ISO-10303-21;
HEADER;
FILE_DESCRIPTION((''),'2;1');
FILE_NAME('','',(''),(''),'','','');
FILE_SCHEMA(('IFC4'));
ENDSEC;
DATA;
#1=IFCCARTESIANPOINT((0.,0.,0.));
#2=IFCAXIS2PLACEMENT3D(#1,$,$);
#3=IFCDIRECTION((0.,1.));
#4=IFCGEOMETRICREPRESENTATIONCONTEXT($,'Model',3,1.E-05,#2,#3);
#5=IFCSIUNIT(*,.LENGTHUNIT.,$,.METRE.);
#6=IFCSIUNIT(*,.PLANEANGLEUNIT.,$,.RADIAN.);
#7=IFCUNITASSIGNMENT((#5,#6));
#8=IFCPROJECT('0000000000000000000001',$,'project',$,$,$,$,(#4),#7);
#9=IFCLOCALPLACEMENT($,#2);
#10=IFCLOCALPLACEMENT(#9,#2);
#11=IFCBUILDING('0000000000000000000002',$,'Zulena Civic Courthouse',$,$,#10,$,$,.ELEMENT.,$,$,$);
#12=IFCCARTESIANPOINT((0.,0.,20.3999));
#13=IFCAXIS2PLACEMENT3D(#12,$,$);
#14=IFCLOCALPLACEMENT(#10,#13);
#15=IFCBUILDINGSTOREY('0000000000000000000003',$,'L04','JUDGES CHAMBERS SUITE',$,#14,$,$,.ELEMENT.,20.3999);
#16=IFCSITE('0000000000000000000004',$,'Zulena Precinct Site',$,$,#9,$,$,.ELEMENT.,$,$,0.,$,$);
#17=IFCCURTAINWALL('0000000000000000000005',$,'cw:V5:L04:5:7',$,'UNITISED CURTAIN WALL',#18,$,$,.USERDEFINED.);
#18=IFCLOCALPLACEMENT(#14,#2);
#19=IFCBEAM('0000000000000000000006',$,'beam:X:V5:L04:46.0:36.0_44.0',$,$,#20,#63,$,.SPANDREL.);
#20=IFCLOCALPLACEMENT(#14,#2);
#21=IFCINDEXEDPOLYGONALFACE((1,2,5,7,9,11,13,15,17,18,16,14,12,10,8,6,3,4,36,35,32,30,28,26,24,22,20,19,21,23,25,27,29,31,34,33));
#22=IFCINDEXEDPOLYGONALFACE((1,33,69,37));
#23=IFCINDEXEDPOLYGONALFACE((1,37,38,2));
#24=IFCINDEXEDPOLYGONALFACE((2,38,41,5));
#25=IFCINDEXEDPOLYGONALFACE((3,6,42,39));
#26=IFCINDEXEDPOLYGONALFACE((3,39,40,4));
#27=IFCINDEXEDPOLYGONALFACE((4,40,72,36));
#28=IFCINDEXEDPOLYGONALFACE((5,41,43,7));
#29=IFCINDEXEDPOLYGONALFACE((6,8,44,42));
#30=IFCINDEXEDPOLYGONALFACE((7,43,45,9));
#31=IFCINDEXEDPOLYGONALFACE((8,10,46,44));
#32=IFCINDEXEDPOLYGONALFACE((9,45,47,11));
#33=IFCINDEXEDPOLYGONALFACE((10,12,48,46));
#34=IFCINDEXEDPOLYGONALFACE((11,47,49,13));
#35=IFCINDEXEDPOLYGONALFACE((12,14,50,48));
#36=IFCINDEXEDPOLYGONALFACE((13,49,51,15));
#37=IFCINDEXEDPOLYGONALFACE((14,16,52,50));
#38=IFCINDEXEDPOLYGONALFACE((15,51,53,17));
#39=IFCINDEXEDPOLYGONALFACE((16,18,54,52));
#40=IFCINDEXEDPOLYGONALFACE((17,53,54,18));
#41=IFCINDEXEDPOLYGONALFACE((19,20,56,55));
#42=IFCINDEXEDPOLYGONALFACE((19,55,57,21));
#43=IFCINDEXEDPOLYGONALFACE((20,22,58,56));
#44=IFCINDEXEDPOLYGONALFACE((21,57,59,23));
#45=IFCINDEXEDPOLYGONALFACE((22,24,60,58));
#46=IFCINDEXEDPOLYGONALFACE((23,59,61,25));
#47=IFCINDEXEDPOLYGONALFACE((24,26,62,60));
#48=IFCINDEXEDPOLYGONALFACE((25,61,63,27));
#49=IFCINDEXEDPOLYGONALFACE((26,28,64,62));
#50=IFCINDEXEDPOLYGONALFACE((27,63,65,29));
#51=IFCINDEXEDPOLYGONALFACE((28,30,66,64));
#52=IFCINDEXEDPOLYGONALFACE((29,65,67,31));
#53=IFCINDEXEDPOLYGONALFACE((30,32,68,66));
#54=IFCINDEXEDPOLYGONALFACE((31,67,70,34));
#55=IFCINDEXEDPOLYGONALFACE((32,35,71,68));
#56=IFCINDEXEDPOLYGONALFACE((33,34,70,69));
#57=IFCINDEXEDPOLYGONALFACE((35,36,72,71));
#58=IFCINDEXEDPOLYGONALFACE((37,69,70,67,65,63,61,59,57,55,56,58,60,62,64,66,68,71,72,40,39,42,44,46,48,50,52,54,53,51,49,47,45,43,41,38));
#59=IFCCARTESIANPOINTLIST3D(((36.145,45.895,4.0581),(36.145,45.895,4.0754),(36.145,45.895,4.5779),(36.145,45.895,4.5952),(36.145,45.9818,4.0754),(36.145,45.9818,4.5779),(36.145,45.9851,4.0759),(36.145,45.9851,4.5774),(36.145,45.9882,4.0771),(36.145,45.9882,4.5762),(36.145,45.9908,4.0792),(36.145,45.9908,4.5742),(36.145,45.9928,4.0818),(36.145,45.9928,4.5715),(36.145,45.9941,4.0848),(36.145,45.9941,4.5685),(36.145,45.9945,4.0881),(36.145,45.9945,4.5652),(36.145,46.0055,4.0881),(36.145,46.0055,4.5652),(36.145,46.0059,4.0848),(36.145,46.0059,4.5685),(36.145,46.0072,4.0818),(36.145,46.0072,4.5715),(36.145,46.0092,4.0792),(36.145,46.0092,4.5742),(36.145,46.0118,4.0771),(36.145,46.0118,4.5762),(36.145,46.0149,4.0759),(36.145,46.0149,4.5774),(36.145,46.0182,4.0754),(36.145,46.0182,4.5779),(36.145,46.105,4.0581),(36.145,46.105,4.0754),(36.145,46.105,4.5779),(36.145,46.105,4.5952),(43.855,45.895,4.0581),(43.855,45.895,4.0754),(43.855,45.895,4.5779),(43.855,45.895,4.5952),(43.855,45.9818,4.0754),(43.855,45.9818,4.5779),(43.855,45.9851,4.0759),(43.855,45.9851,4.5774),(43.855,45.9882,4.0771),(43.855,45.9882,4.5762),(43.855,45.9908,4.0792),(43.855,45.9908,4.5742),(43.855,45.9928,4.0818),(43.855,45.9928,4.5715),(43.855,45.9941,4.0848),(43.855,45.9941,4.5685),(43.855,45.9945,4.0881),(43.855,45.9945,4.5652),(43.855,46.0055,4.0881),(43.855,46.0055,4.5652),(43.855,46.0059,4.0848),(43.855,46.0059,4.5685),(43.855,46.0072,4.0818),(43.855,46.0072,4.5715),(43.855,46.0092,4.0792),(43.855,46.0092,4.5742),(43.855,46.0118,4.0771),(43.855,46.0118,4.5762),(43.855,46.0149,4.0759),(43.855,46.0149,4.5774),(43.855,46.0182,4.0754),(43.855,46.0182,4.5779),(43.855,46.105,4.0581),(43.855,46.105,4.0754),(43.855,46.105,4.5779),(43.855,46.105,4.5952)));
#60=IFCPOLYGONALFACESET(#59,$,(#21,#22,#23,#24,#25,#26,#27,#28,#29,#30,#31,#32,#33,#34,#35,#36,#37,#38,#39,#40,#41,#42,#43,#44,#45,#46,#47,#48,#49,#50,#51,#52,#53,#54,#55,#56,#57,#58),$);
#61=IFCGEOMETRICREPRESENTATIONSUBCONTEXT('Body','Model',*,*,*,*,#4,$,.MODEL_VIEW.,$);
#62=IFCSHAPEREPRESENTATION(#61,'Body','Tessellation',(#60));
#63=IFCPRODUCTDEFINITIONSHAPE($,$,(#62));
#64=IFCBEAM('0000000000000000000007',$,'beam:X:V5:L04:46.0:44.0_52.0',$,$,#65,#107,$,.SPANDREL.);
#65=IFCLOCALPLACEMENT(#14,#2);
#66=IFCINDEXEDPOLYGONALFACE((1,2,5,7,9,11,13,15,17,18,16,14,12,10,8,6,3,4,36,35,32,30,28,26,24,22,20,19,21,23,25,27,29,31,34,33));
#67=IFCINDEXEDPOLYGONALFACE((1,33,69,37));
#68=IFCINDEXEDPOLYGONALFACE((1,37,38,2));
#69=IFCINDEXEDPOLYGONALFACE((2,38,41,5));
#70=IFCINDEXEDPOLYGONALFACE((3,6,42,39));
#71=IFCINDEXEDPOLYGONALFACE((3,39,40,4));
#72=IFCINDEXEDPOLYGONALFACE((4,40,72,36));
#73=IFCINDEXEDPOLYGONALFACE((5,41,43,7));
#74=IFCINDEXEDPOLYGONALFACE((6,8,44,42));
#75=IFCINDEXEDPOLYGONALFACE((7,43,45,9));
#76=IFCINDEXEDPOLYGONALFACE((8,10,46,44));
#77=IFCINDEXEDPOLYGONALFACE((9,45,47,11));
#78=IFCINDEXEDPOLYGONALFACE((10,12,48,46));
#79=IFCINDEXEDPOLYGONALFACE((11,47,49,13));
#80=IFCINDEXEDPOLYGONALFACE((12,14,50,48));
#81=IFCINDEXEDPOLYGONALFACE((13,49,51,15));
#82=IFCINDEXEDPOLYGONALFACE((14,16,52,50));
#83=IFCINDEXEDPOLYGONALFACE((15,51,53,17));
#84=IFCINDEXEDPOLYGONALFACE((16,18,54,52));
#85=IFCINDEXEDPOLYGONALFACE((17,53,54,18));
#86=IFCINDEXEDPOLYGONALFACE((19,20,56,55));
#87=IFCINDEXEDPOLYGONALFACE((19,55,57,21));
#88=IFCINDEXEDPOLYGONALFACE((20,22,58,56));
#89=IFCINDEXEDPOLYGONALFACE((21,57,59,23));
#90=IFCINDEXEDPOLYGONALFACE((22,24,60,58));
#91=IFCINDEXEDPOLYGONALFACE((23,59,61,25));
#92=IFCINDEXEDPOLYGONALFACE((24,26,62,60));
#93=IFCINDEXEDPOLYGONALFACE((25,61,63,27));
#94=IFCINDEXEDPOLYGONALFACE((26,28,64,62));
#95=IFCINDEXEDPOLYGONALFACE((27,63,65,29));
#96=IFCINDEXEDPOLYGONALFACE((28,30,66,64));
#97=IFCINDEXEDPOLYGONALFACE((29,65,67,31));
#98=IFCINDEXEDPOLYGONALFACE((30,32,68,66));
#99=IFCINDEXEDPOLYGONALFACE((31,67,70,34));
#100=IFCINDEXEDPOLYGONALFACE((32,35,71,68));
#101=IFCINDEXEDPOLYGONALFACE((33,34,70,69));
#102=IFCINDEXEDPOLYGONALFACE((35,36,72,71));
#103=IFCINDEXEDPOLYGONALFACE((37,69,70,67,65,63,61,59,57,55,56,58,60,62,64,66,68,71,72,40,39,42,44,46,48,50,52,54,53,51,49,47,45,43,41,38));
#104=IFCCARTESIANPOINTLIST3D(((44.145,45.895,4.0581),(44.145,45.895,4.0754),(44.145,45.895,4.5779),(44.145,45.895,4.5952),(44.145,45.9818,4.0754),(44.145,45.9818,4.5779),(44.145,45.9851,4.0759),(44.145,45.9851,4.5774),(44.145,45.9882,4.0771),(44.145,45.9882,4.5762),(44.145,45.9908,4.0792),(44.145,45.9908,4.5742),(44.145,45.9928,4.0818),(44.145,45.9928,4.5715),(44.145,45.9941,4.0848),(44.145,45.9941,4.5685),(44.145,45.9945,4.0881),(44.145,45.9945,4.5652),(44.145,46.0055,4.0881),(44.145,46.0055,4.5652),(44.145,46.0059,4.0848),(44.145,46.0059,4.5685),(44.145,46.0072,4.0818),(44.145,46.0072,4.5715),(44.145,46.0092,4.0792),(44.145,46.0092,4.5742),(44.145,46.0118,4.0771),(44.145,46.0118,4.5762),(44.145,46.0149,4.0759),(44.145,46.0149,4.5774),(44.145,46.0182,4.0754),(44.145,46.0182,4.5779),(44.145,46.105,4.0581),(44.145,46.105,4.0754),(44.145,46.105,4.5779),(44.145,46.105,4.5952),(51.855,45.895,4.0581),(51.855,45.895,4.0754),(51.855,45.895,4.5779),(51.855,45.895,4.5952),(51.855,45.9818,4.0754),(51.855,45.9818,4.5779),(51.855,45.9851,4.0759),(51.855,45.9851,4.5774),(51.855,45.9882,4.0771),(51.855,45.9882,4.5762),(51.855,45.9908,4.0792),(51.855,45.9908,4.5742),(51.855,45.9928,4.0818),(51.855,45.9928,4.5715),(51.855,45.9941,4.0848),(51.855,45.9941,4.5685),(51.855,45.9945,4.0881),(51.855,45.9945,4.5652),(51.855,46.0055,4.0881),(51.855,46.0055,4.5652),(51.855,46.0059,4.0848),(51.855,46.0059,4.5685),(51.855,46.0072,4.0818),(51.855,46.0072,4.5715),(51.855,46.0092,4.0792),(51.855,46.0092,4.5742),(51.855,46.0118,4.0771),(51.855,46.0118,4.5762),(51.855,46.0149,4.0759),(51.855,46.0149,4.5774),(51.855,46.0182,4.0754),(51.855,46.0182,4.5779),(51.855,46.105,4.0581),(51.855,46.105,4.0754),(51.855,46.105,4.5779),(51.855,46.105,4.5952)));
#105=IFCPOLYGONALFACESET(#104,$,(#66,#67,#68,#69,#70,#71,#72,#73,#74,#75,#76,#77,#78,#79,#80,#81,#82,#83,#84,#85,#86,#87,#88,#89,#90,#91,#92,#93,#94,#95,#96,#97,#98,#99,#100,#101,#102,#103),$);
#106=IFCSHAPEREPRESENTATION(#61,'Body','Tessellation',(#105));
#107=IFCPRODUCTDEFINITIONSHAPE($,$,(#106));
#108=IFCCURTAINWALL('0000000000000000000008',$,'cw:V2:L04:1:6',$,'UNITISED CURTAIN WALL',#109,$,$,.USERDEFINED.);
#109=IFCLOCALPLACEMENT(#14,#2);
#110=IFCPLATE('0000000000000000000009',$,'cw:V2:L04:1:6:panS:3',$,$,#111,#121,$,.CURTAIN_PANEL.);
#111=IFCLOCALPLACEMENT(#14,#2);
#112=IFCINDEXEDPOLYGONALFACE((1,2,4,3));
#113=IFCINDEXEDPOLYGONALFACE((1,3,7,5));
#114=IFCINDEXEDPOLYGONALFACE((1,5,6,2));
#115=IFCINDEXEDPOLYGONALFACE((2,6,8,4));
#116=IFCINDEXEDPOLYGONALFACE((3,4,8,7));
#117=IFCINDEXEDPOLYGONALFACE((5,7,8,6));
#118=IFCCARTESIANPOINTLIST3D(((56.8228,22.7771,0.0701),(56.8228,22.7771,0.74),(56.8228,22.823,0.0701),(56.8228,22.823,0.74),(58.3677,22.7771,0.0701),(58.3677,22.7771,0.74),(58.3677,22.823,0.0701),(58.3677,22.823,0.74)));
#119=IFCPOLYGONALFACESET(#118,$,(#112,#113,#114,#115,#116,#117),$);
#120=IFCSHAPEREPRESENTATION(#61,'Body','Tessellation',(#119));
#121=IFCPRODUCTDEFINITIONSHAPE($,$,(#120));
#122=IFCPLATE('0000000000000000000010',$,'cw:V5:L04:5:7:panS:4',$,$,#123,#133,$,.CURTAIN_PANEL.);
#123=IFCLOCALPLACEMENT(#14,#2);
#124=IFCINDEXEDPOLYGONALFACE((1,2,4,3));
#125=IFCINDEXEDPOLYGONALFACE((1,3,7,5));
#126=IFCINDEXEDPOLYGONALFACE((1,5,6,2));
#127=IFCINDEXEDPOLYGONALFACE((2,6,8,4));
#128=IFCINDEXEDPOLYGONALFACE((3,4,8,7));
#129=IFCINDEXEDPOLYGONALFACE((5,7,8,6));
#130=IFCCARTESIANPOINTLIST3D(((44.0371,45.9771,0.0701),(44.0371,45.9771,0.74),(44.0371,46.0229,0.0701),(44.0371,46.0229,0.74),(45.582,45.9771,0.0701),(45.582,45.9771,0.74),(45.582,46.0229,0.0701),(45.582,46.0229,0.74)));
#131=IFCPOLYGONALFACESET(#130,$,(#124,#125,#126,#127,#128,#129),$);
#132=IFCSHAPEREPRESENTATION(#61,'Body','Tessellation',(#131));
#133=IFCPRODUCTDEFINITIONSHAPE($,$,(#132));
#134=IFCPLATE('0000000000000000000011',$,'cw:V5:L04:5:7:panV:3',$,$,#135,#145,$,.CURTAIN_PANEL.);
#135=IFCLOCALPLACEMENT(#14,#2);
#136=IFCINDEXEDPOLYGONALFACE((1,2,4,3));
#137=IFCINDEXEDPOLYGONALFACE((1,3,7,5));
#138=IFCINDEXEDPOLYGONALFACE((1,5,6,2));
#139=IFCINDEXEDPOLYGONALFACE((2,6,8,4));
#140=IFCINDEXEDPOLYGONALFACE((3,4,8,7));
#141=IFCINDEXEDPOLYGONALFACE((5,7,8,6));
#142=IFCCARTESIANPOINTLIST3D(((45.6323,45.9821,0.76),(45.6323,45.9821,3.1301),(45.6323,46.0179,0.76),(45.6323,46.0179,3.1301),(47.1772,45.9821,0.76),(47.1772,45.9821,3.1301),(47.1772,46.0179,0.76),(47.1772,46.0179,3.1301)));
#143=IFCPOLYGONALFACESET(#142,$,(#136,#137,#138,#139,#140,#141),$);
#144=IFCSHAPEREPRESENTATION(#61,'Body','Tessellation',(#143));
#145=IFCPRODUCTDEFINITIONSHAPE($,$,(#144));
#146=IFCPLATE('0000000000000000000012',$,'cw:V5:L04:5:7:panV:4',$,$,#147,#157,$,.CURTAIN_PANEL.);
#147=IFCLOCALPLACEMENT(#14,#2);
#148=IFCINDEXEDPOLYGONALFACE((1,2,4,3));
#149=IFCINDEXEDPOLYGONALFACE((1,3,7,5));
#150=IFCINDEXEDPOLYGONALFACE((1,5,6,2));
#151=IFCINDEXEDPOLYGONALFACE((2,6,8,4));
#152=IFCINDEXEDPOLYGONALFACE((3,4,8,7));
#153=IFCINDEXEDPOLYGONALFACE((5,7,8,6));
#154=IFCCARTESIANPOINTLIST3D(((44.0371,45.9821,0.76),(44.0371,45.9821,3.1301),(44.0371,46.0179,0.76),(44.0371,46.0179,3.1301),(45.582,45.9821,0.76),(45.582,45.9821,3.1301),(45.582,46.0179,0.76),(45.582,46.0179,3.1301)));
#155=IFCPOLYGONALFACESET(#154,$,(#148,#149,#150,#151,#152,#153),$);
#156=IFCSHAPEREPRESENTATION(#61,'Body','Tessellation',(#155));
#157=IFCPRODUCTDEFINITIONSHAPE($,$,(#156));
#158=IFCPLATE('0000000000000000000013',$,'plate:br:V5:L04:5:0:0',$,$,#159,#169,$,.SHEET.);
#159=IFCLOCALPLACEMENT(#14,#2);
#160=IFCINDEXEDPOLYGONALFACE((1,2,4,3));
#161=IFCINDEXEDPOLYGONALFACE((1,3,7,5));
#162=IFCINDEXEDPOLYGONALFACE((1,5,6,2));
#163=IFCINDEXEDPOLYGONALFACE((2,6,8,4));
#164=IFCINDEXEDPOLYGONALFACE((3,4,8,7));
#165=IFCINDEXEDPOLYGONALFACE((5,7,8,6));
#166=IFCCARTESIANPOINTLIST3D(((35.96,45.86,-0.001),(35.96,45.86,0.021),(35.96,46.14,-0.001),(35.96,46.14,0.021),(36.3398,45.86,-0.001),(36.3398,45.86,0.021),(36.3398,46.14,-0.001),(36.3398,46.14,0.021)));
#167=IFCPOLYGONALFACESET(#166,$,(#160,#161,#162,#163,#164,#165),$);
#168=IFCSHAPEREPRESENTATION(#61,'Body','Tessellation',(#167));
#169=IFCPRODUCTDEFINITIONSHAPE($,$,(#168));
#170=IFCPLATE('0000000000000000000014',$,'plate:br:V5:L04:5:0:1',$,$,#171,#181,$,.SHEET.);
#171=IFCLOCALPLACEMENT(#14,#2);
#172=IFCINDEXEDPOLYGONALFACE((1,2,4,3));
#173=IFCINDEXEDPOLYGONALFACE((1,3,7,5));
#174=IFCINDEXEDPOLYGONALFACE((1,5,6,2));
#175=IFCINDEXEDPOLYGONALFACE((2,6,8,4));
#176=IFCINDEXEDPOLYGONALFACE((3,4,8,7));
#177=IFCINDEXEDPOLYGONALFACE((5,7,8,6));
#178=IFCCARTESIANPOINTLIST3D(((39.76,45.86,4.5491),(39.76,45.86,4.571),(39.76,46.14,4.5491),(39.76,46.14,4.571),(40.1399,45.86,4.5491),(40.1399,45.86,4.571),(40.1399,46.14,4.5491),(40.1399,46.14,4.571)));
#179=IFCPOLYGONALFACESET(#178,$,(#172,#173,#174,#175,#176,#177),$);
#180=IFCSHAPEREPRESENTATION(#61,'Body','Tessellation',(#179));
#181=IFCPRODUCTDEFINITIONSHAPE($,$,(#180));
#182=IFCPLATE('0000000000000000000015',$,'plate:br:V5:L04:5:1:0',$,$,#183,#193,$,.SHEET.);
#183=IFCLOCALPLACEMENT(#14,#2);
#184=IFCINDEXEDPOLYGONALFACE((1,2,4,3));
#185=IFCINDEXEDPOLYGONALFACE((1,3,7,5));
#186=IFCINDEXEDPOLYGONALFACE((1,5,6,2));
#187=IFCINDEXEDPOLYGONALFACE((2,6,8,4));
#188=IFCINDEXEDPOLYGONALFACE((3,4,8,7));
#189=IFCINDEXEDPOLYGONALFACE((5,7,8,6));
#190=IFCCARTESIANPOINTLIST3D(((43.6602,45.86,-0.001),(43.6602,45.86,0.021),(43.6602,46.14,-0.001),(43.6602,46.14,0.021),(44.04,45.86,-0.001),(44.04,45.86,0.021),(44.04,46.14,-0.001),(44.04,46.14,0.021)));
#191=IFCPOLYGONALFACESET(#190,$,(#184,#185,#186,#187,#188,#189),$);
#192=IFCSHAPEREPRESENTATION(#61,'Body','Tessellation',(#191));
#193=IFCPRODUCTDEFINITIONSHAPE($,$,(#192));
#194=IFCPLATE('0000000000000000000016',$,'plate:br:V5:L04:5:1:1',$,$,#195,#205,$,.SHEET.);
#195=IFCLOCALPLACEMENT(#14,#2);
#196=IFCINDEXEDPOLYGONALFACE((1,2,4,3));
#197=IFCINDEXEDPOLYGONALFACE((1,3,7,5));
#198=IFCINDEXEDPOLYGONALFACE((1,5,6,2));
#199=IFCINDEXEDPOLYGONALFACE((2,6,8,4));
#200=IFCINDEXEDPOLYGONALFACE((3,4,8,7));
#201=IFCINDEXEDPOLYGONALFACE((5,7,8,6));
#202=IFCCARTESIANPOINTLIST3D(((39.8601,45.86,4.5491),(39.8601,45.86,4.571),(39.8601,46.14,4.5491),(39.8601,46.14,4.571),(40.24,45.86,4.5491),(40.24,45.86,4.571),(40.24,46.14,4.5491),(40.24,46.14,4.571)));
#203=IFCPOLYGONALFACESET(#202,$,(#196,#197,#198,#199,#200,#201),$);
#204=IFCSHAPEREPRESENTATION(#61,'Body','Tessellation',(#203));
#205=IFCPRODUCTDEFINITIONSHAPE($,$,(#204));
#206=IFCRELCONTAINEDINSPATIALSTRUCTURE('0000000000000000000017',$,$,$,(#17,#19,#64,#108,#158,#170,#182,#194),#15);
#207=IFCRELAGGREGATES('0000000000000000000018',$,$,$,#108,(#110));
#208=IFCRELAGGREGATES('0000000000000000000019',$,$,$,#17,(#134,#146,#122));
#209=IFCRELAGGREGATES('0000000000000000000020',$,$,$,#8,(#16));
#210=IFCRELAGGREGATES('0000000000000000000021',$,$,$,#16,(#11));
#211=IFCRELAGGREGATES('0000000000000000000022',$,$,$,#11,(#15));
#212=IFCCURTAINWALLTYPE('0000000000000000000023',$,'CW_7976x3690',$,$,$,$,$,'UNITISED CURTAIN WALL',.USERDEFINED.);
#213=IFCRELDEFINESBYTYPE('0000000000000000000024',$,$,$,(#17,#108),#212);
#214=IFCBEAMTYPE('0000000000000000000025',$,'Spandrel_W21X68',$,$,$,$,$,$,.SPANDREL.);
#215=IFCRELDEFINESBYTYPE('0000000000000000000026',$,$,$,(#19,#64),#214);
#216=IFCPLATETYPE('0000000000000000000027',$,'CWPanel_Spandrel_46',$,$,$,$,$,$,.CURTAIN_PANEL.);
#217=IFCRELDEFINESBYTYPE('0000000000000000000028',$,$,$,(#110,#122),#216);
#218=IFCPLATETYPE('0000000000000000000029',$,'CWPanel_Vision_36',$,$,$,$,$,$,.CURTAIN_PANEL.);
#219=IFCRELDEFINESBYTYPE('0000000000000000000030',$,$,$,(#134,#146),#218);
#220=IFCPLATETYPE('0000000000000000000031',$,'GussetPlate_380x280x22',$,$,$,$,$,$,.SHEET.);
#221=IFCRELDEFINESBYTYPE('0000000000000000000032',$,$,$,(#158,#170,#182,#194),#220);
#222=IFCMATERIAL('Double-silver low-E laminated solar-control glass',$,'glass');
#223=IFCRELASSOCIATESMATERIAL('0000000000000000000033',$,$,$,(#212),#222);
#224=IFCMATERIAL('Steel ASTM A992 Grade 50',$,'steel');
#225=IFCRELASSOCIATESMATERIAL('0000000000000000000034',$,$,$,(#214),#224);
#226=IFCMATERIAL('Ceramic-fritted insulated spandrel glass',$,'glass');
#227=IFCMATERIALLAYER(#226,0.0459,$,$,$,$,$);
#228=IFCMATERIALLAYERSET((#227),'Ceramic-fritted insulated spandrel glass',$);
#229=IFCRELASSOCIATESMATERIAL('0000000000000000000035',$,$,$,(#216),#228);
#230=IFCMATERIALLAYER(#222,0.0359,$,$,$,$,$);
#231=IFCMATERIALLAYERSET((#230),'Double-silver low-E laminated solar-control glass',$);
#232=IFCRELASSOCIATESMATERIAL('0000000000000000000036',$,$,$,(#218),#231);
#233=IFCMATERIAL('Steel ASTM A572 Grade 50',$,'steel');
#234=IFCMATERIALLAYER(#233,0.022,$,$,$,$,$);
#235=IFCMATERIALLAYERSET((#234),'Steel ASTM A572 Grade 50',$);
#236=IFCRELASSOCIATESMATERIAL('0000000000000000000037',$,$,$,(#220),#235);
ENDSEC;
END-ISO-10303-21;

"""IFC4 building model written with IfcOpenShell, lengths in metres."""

from ifc_helpers import new_model, si_unit, direction, frame, origin, origin_2d, place, context, subcontext, project, spatial, rectangle, i_section, extrude, material, layer, layer_set, material_profile, profile_set, type_object, element, aggregate, save


model = new_model("IFC4")

# Units and contexts
model_context = context("Model", 3, precision=1e-05, world=origin(), true_north=direction((0.0, 1.0)))
body_context = subcontext(model_context, "Body", "Model", "MODEL_VIEW")
ifc_project = project(units=[si_unit("LENGTHUNIT", "METRE"), si_unit("PLANEANGLEUNIT", "RADIAN")], contexts=[model_context])

# Site, building, storey
site_placement = place(None, origin())
site = spatial("IfcSite", under=ifc_project, at=site_placement, Name="Zulena Precinct Site", CompositionType="ELEMENT", RefElevation=0.0)
building_placement = place(site_placement, origin())
building = spatial("IfcBuilding", under=site, at=building_placement, Name="Zulena Civic Courthouse", CompositionType="ELEMENT")
storey_placement = place(building_placement, frame((0.0, 0.0, 20.3999)))
storey = spatial("IfcBuildingStorey", under=building, at=storey_placement, Name="L04", Description="JUDGES CHAMBERS SUITE", CompositionType="ELEMENT", Elevation=20.3999)

# Shared definitions
ifc_material_1 = material(Name="Steel ASTM A992 Grade 50", Category="steel")

# Curtain wall
ifc_material_2 = material(Name="Double-silver low-E laminated solar-control glass", Category="glass")
curtain_wall_type = type_object("IfcCurtainWallType", Name="CW_7976x3690", ElementType="UNITISED CURTAIN WALL", PredefinedType="USERDEFINED", material=ifc_material_2)
curtain_wall_1_placement = place(storey_placement, origin())
curtain_wall_1 = element("IfcCurtainWall", 1, at=curtain_wall_1_placement, inside=storey, type_object=curtain_wall_type, Name="cw:V5:L04:5:7", ObjectType="UNITISED CURTAIN WALL", PredefinedType="USERDEFINED")

# Beams
ifc_material_profile_1 = material_profile(ifc_material_1, i_section(OverallWidth=0.21, OverallDepth=0.5371, WebThickness=0.011, FlangeThickness=0.0173, FilletRadius=0.0127, at=origin_2d()), Name="W21X68")
ifc_profile_set_1 = profile_set([ifc_material_profile_1], Name="Steel ASTM A992 Grade 50")
beam_type = type_object("IfcBeamType", Name="Spandrel_W21X68", PredefinedType="SPANDREL", material=ifc_profile_set_1)
for number, where, z_axis, x_axis, name in (
    (2, (36.145, 46.0, 4.3267), (1.0, 0.0, 0.0), (0.0, 1.0, 0.0), "beam:X:V5:L04:46.0:36.0_44.0"),
    (3, (44.145, 46.0, 4.3267), (1.0, 0.0, 0.0), (0.0, 1.0, 0.0), "beam:X:V5:L04:46.0:44.0_52.0"),
):
    element("IfcBeam", number, at=place(storey_placement, frame(where, z_axis=z_axis, x_axis=x_axis)), inside=storey, type_object=beam_type, Name=name, PredefinedType="SPANDREL", context=body_context, shape_type="SweptSolid", body=[
        extrude(i_section(OverallWidth=0.21, OverallDepth=0.5371, WebThickness=0.011, FlangeThickness=0.0173, FilletRadius=0.0127, at=origin_2d()), origin(), (0.0, 0.0, 1.0), 7.71),
    ])

# Curtain wall, plate
curtain_wall_2_placement = place(storey_placement, origin())
curtain_wall_2 = element("IfcCurtainWall", 4, at=curtain_wall_2_placement, inside=storey, type_object=curtain_wall_type, Name="cw:V2:L04:1:6", ObjectType="UNITISED CURTAIN WALL", PredefinedType="USERDEFINED")
ifc_material_3 = material(Name="Ceramic-fritted insulated spandrel glass", Category="glass")
ifc_layer_1 = layer(ifc_material_3, 0.0459)
ifc_layer_set_1 = layer_set([ifc_layer_1], Name="Ceramic-fritted insulated spandrel glass")
plate_type_1 = type_object("IfcPlateType", Name="CWPanel_Spandrel_46", PredefinedType="CURTAIN_PANEL", material=ifc_layer_set_1)
plate_1_placement = place(storey_placement, frame((57.5952, 22.8, 0.0701), z_axis=(0.0, 0.0, 1.0), x_axis=(1.0, 0.0, 0.0)))
plate_1 = element("IfcPlate", 5, at=plate_1_placement, type_object=plate_type_1, Name="cw:V2:L04:1:6:panS:3", PredefinedType="CURTAIN_PANEL", context=body_context, shape_type="SweptSolid", body=[
    extrude(rectangle(XDim=1.5449, YDim=0.0459, at=origin_2d()), origin(), (0.0, 0.0, 1.0), 0.6699),
])
aggregate(curtain_wall_2, [plate_1])

# Plates
plate_2_placement = place(storey_placement, frame((44.8096, 46.0, 0.0701), z_axis=(0.0, 0.0, 1.0), x_axis=(-1.0, 0.0, 0.0)))
plate_2 = element("IfcPlate", 6, at=plate_2_placement, type_object=plate_type_1, Name="cw:V5:L04:5:7:panS:4", PredefinedType="CURTAIN_PANEL", context=body_context, shape_type="SweptSolid", body=[
    extrude(rectangle(XDim=1.5449, YDim=0.0459, at=origin_2d()), origin(), (0.0, 0.0, 1.0), 0.6699),
])
ifc_layer_2 = layer(ifc_material_2, 0.0359)
ifc_layer_set_2 = layer_set([ifc_layer_2], Name="Double-silver low-E laminated solar-control glass")
plate_type_2 = type_object("IfcPlateType", Name="CWPanel_Vision_36", PredefinedType="CURTAIN_PANEL", material=ifc_layer_set_2)
plate_3_placement = place(storey_placement, frame((46.4048, 46.0, 0.76), z_axis=(0.0, 0.0, 1.0), x_axis=(-1.0, 0.0, 0.0)))
plate_3 = element("IfcPlate", 7, at=plate_3_placement, type_object=plate_type_2, Name="cw:V5:L04:5:7:panV:3", PredefinedType="CURTAIN_PANEL", context=body_context, shape_type="SweptSolid", body=[
    extrude(rectangle(XDim=1.5449, YDim=0.0359, at=origin_2d()), origin(), (0.0, 0.0, 1.0), 2.3701),
])
plate_4_placement = place(storey_placement, frame((44.8096, 46.0, 0.76), z_axis=(0.0, 0.0, 1.0), x_axis=(-1.0, 0.0, 0.0)))
plate_4 = element("IfcPlate", 8, at=plate_4_placement, type_object=plate_type_2, Name="cw:V5:L04:5:7:panV:4", PredefinedType="CURTAIN_PANEL", context=body_context, shape_type="SweptSolid", body=[
    extrude(rectangle(XDim=1.5449, YDim=0.0359, at=origin_2d()), origin(), (0.0, 0.0, 1.0), 2.3701),
])
aggregate(curtain_wall_1, [plate_3, plate_4, plate_2])

# Plates
ifc_material_4 = material(Name="Steel ASTM A572 Grade 50", Category="steel")
ifc_layer_3 = layer(ifc_material_4, 0.022)
ifc_layer_set_3 = layer_set([ifc_layer_3], Name="Steel ASTM A572 Grade 50")
plate_type_3 = type_object("IfcPlateType", Name="GussetPlate_380x280x22", PredefinedType="SHEET", material=ifc_layer_set_3)
for number, where, z_axis, x_axis, name in (
    (9, (36.1499, 46.0, -0.001), (0.0, 0.0, 1.0), (1.0, 0.0, 0.0), "plate:br:V5:L04:5:0:0"),
    (10, (39.95, 46.0, 4.5491), (0.0, 0.0, 1.0), (1.0, 0.0, 0.0), "plate:br:V5:L04:5:0:1"),
    (11, (43.8501, 46.0, -0.001), (0.0, 0.0, 1.0), (1.0, 0.0, 0.0), "plate:br:V5:L04:5:1:0"),
    (12, (40.05, 46.0, 4.5491), (0.0, 0.0, 1.0), (1.0, 0.0, 0.0), "plate:br:V5:L04:5:1:1"),
):
    element("IfcPlate", number, at=place(storey_placement, frame(where, z_axis=z_axis, x_axis=x_axis)), inside=storey, type_object=plate_type_3, Name=name, PredefinedType="SHEET", context=body_context, shape_type="SweptSolid", body=[
        extrude(rectangle(XDim=0.3799, YDim=0.28, at=origin_2d()), origin(), (0.0, 0.0, 1.0), 0.022),
    ])

save(model, "model.ifc")
